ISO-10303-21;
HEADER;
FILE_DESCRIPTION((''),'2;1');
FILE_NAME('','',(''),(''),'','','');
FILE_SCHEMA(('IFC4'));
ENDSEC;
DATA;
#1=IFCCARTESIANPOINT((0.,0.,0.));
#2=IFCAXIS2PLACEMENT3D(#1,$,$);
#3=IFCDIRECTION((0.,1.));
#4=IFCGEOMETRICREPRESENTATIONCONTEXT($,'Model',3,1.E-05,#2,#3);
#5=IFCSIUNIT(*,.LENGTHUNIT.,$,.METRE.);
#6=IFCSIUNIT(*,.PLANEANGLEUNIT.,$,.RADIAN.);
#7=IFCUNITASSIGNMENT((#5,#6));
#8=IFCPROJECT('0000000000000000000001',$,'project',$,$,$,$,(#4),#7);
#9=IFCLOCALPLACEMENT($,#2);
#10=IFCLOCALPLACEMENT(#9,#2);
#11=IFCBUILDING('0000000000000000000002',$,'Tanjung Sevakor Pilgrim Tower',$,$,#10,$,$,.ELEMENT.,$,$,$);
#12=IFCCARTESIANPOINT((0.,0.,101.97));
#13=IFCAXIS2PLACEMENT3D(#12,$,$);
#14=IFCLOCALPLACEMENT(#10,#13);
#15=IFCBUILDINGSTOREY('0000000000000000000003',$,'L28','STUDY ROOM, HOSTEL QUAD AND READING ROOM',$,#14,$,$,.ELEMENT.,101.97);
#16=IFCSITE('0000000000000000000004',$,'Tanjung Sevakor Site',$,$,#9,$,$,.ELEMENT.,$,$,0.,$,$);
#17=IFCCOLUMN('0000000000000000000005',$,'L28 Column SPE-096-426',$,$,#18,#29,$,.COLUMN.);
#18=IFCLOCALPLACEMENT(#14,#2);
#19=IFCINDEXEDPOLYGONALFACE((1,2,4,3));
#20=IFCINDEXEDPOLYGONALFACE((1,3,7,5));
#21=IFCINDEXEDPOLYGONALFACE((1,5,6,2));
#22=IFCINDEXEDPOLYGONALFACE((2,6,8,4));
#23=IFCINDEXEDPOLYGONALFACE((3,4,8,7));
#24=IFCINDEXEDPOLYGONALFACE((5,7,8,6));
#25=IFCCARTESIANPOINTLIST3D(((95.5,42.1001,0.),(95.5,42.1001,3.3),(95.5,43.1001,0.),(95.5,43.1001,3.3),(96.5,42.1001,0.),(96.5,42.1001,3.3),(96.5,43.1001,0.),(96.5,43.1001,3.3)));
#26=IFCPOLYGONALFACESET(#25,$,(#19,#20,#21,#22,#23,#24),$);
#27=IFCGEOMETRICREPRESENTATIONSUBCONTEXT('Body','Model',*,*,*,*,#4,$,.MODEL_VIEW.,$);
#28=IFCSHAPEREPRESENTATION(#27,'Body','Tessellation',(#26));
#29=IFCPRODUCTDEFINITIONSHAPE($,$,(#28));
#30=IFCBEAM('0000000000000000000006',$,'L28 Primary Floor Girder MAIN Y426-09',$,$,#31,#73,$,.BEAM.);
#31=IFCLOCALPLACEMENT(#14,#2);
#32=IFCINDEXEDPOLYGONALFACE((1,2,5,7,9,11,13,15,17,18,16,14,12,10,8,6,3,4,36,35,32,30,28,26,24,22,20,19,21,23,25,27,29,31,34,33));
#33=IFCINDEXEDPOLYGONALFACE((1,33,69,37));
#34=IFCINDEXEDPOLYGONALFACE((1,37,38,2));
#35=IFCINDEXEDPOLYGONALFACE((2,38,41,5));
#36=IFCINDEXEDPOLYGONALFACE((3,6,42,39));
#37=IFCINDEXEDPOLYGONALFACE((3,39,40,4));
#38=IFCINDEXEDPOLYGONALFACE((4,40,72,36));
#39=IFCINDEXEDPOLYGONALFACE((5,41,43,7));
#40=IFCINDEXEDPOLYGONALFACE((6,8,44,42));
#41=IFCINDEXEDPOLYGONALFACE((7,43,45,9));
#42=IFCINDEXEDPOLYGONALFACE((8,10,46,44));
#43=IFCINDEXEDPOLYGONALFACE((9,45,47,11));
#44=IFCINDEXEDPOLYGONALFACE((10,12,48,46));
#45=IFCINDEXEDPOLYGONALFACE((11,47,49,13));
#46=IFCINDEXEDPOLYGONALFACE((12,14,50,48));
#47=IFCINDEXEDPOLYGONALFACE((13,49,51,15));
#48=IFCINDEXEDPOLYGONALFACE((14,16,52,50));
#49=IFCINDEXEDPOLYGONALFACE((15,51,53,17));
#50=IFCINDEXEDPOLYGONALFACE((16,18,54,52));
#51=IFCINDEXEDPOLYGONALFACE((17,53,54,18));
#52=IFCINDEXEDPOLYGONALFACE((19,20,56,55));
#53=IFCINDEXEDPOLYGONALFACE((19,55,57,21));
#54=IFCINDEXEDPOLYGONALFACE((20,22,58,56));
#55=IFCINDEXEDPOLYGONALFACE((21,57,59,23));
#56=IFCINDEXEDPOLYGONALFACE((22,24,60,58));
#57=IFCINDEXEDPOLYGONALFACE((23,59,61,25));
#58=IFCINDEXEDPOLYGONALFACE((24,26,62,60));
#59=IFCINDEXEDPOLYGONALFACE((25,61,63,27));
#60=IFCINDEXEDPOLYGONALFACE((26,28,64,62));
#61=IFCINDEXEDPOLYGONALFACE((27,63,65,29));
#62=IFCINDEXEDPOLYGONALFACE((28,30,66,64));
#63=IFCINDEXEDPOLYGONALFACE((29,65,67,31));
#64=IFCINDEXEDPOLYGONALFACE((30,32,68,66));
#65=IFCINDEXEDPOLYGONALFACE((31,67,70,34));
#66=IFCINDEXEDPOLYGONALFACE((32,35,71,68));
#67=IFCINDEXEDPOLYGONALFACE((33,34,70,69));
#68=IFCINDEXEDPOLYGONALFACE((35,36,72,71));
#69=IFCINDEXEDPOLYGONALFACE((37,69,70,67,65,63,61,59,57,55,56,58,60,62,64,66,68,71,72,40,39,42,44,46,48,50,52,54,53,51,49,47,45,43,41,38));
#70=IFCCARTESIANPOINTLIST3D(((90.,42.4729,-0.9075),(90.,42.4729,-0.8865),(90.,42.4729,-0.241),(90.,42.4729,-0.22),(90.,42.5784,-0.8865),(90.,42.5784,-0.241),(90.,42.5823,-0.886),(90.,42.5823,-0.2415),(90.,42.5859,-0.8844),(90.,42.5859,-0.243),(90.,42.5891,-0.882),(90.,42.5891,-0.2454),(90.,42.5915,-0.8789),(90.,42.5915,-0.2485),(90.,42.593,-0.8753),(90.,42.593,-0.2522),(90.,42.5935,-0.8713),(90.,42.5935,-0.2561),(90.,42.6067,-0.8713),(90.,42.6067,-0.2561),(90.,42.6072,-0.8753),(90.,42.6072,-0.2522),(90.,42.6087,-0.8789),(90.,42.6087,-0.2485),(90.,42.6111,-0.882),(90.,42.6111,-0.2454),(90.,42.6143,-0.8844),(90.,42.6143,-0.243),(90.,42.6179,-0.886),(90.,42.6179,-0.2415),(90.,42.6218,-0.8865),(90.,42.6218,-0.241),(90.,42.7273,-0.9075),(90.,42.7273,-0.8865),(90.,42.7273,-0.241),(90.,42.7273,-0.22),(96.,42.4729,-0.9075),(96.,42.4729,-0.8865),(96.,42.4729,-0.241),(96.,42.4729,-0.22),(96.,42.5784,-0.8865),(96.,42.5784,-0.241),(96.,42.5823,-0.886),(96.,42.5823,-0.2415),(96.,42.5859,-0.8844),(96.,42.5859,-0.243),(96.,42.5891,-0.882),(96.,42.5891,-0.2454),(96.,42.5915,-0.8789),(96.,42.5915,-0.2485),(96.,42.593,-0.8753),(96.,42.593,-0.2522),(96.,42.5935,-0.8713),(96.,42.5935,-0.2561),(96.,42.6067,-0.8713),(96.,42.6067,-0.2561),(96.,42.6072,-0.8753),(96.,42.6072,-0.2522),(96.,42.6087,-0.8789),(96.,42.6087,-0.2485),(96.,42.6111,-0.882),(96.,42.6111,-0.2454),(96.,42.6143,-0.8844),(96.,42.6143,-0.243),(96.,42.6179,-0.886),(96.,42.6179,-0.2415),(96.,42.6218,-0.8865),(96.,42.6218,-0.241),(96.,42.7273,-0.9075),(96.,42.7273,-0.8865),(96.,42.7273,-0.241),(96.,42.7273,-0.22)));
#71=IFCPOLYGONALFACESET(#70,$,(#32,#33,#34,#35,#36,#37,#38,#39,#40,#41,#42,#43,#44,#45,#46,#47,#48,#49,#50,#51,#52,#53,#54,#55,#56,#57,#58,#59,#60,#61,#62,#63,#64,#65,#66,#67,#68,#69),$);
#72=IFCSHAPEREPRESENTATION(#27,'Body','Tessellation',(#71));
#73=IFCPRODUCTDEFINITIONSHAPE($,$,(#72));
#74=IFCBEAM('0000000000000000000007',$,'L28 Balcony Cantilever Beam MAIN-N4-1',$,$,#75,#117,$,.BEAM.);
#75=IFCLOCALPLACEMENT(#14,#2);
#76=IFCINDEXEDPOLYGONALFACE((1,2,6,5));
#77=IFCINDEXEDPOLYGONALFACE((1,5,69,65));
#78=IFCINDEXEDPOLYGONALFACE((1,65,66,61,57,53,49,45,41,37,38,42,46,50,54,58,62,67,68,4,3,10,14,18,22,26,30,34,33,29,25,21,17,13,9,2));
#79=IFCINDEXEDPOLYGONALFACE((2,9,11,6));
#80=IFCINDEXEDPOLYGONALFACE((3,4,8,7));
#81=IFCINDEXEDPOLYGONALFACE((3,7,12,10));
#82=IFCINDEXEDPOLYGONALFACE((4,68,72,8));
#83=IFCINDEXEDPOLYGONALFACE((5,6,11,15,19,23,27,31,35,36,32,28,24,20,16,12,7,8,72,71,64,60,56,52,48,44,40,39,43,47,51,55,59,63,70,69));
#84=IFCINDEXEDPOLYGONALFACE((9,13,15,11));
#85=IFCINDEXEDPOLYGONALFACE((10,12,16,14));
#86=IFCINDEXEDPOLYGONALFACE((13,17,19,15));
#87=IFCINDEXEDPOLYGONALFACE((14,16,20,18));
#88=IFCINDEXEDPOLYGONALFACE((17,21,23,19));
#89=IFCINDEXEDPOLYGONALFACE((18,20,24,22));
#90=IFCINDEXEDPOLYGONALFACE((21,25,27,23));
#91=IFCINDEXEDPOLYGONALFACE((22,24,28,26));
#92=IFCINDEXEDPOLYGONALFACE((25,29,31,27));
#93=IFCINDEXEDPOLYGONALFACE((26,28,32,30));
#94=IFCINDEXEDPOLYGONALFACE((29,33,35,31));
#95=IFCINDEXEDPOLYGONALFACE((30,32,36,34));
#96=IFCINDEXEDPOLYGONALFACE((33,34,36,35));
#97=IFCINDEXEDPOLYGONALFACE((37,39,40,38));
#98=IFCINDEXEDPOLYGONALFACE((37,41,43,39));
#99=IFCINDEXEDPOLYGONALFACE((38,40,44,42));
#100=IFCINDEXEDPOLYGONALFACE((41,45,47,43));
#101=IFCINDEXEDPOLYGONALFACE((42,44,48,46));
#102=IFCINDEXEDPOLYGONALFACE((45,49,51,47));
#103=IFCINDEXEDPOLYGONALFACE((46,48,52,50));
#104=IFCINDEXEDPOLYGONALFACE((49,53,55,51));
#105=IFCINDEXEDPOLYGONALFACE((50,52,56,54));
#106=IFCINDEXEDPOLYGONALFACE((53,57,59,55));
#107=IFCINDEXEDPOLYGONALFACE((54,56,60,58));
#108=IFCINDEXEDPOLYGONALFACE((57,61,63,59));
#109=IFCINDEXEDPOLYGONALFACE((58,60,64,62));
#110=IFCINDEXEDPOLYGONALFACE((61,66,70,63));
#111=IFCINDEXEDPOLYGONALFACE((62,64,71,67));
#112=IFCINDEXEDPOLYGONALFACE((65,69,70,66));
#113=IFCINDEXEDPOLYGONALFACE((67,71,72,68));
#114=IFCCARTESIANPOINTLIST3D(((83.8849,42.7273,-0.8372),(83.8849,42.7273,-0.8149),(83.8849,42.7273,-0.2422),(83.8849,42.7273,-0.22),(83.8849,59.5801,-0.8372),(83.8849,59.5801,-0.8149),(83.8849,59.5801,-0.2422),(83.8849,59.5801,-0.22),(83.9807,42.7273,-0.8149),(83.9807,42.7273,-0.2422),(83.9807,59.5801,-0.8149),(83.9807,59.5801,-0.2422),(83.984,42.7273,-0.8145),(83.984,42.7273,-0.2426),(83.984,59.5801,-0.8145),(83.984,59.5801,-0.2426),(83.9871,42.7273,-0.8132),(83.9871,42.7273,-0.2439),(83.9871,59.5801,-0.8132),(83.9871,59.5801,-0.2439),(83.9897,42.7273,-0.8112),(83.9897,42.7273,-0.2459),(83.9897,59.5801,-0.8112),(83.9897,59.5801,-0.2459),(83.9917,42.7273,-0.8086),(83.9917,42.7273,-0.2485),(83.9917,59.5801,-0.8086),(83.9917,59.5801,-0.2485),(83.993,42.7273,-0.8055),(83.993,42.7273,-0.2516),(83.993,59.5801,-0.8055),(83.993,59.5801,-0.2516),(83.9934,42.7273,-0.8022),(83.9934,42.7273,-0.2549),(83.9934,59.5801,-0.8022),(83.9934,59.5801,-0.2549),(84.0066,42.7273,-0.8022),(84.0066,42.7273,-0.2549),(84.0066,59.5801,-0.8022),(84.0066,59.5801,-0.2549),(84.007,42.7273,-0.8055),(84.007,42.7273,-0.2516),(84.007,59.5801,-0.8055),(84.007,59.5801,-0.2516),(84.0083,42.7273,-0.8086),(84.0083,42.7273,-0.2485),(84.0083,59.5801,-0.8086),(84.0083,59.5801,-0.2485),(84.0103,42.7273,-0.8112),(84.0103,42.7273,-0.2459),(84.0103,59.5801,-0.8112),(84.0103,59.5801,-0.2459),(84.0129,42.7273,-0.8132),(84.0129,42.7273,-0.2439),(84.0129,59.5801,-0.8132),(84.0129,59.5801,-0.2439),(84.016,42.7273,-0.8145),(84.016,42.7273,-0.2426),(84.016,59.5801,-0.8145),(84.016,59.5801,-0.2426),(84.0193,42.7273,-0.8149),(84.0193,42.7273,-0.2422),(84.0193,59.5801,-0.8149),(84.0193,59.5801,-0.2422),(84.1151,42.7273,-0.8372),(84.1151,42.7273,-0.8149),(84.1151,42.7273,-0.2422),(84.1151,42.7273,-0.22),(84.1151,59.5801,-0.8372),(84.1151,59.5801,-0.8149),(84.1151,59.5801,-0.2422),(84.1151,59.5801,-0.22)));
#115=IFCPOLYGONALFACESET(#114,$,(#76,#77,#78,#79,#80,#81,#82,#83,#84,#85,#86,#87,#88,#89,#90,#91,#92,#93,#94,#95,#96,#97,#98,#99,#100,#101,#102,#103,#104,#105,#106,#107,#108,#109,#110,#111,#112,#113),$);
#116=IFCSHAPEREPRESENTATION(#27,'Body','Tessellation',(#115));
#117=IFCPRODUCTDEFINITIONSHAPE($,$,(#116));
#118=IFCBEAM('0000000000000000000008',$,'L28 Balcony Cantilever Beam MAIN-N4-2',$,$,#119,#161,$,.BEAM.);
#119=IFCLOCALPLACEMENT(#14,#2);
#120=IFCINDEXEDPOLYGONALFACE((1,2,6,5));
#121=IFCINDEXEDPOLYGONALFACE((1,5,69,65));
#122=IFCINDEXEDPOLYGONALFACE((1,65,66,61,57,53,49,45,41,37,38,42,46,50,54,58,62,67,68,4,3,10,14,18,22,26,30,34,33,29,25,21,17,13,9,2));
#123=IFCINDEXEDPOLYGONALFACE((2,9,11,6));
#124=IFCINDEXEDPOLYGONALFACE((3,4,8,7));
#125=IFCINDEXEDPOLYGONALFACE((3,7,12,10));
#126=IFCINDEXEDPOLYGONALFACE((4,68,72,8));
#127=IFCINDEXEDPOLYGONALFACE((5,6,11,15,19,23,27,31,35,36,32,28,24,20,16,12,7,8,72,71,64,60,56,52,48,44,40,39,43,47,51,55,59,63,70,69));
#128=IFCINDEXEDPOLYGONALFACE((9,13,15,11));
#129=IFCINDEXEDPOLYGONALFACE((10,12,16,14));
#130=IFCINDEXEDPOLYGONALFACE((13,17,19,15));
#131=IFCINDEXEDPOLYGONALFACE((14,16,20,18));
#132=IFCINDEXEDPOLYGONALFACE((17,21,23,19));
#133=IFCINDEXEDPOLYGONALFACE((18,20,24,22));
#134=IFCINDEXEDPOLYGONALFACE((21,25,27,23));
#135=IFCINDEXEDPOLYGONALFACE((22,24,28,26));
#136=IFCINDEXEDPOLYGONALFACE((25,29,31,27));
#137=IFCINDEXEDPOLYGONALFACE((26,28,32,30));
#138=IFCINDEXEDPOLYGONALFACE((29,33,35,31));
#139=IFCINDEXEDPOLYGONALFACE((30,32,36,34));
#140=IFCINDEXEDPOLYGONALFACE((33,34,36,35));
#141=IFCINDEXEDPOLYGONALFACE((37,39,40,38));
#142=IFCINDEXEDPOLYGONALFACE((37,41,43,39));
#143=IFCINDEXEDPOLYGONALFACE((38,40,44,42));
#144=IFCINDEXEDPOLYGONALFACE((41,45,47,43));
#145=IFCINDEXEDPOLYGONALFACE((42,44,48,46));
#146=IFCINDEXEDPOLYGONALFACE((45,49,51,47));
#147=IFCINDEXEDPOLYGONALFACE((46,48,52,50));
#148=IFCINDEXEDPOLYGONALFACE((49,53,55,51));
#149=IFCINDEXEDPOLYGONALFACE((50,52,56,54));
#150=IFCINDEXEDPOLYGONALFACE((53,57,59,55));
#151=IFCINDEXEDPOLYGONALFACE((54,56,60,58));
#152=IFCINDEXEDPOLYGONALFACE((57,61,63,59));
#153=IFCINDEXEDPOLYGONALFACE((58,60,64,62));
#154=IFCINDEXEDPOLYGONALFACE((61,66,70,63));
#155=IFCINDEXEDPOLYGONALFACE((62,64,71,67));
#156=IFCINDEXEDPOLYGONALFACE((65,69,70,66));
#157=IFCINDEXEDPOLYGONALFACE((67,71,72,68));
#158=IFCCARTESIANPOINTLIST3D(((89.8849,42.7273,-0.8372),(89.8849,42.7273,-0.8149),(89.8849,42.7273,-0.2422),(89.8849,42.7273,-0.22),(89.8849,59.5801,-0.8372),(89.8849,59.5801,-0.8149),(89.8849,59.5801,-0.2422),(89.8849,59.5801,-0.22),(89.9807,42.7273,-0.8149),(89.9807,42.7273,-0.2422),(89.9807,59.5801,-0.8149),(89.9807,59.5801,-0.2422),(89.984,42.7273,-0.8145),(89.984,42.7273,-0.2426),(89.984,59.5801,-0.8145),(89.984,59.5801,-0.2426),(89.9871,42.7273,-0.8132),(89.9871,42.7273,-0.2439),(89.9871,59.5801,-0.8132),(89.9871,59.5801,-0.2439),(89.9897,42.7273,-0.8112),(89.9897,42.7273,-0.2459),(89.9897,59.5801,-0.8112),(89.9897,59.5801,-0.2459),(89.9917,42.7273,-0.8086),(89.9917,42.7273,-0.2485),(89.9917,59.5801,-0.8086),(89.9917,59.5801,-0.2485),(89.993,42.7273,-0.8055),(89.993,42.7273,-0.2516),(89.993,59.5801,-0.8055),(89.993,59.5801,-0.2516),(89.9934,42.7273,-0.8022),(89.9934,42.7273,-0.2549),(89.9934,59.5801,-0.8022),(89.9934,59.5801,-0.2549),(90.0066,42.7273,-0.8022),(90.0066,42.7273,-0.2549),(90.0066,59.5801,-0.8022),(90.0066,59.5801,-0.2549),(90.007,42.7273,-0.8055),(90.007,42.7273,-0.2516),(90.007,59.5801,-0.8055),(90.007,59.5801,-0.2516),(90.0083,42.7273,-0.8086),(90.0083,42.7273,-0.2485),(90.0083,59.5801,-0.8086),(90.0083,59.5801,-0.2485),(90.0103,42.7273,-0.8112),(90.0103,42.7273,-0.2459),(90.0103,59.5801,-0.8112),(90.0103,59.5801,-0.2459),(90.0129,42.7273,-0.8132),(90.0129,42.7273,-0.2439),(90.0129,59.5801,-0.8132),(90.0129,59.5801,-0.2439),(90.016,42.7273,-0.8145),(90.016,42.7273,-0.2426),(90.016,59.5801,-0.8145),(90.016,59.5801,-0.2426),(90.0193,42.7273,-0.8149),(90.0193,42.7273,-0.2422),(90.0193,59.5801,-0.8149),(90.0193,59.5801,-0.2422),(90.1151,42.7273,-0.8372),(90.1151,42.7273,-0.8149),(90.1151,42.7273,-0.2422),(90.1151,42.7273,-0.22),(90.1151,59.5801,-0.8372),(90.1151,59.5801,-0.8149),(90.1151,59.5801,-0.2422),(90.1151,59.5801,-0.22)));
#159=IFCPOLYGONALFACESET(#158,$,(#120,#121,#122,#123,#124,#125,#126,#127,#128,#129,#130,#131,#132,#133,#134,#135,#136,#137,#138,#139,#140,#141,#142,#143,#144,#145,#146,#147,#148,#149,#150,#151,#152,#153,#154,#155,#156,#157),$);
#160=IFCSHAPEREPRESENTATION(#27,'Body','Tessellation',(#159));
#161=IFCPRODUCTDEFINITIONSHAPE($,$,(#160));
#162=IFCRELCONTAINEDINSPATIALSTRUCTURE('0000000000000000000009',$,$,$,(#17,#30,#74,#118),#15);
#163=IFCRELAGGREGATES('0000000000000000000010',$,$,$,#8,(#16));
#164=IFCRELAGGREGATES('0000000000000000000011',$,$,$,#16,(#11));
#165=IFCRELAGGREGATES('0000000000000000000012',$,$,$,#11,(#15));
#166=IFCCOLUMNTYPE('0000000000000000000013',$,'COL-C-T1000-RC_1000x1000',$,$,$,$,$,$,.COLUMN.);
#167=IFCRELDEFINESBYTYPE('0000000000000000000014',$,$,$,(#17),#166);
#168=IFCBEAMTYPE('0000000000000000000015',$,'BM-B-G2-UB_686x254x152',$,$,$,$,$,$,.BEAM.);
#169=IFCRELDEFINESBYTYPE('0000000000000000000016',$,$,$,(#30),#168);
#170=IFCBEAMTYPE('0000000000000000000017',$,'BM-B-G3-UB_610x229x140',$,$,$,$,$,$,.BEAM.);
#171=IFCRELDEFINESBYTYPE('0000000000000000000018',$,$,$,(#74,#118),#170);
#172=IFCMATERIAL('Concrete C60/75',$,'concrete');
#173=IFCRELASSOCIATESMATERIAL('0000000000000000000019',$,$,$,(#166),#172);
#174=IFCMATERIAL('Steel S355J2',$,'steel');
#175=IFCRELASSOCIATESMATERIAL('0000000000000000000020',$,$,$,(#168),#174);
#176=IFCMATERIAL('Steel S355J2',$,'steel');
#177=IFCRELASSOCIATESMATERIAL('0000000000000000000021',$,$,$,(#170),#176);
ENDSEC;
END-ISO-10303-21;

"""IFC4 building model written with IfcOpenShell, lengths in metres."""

from ifc_helpers import new_model, si_unit, direction, frame, origin, origin_2d, place, context, subcontext, project, spatial, rectangle, i_section, extrude, material, material_profile, profile_set, type_object, element, save


model = new_model("IFC4")

# Units and contexts
model_context = context("Model", 3, precision=1e-05, world=origin(), true_north=direction((0.0, 1.0)))
body_context = subcontext(model_context, "Body", "Model", "MODEL_VIEW")
ifc_project = project(units=[si_unit("LENGTHUNIT", "METRE"), si_unit("PLANEANGLEUNIT", "RADIAN")], contexts=[model_context])

# Site, building, storey
site_placement = place(None, origin())
site = spatial("IfcSite", under=ifc_project, at=site_placement, Name="Tanjung Sevakor Site", CompositionType="ELEMENT", RefElevation=0.0)
building_placement = place(site_placement, origin())
building = spatial("IfcBuilding", under=site, at=building_placement, Name="Tanjung Sevakor Pilgrim Tower", CompositionType="ELEMENT")
storey_placement = place(building_placement, frame((0.0, 0.0, 101.97)))
storey = spatial("IfcBuildingStorey", under=building, at=storey_placement, Name="L28", Description="STUDY ROOM, HOSTEL QUAD AND READING ROOM", CompositionType="ELEMENT", Elevation=101.97)

# Column
ifc_material_1 = material(Name="Concrete C60/75", Category="concrete")
ifc_material_profile_1 = material_profile(ifc_material_1, rectangle(XDim=1.0, YDim=1.0, at=origin_2d()))
ifc_profile_set_1 = profile_set([ifc_material_profile_1], Name="Concrete C60/75")
column_type = type_object("IfcColumnType", Name="COL-C-T1000-RC_1000x1000", PredefinedType="COLUMN", material=ifc_profile_set_1)
column_placement = place(storey_placement, frame((96.0, 42.6001, 0.0), z_axis=(0.0, 0.0, 1.0), x_axis=(1.0, 0.0, 0.0)))
element("IfcColumn", 1, at=column_placement, inside=storey, type_object=column_type, Name="L28 Column SPE-096-426", PredefinedType="COLUMN", context=body_context, shape_type="SweptSolid", body=[
    extrude(rectangle(XDim=1.0, YDim=1.0, at=origin_2d()), origin(), (0.0, 0.0, 1.0), 3.3),
])

# Beams
ifc_material_2 = material(Name="Steel S355J2", Category="steel")
ifc_material_profile_2 = material_profile(ifc_material_2, i_section(OverallWidth=0.2544, OverallDepth=0.6875, WebThickness=0.0132, FlangeThickness=0.021, FilletRadius=0.0151, at=origin_2d()))
ifc_profile_set_2 = profile_set([ifc_material_profile_2], Name="Steel S355J2")
beam_type_1 = type_object("IfcBeamType", Name="BM-B-G2-UB_686x254x152", PredefinedType="BEAM", material=ifc_profile_set_2)
beam_1_placement = place(storey_placement, frame((90.0, 42.6001, -0.5637), z_axis=(1.0, 0.0, 0.0), x_axis=(0.0, 1.0, 0.0)))
element("IfcBeam", 2, at=beam_1_placement, inside=storey, type_object=beam_type_1, Name="L28 Primary Floor Girder MAIN Y426-09", PredefinedType="BEAM", context=body_context, shape_type="SweptSolid", body=[
    extrude(i_section(OverallWidth=0.2544, OverallDepth=0.6875, WebThickness=0.0132, FlangeThickness=0.021, FilletRadius=0.0151, at=origin_2d()), origin(), (0.0, 0.0, 1.0), 6.0),
])
ifc_material_3 = material(Name="Steel S355J2", Category="steel")
ifc_material_profile_3 = material_profile(ifc_material_3, i_section(OverallWidth=0.2302, OverallDepth=0.6172, WebThickness=0.0132, FlangeThickness=0.0222, FilletRadius=0.0127, at=origin_2d()))
ifc_profile_set_3 = profile_set([ifc_material_profile_3], Name="Steel S355J2")
beam_type_2 = type_object("IfcBeamType", Name="BM-B-G3-UB_610x229x140", PredefinedType="BEAM", material=ifc_profile_set_3)
for number, where, z_axis, x_axis, name in (
    (3, (84.0, 42.7273, -0.5286), (0.0, 1.0, 0.0), (-1.0, 0.0, 0.0), "L28 Balcony Cantilever Beam MAIN-N4-1"),
    (4, (90.0, 42.7273, -0.5286), (0.0, 1.0, 0.0), (-1.0, 0.0, 0.0), "L28 Balcony Cantilever Beam MAIN-N4-2"),
):
    element("IfcBeam", number, at=place(storey_placement, frame(where, z_axis=z_axis, x_axis=x_axis)), inside=storey, type_object=beam_type_2, Name=name, PredefinedType="BEAM", context=body_context, shape_type="SweptSolid", body=[
        extrude(i_section(OverallWidth=0.2302, OverallDepth=0.6172, WebThickness=0.0132, FlangeThickness=0.0222, FilletRadius=0.0127, at=origin_2d()), origin(), (0.0, 0.0, 1.0), 16.8528),
    ])

save(model, "model.ifc")
